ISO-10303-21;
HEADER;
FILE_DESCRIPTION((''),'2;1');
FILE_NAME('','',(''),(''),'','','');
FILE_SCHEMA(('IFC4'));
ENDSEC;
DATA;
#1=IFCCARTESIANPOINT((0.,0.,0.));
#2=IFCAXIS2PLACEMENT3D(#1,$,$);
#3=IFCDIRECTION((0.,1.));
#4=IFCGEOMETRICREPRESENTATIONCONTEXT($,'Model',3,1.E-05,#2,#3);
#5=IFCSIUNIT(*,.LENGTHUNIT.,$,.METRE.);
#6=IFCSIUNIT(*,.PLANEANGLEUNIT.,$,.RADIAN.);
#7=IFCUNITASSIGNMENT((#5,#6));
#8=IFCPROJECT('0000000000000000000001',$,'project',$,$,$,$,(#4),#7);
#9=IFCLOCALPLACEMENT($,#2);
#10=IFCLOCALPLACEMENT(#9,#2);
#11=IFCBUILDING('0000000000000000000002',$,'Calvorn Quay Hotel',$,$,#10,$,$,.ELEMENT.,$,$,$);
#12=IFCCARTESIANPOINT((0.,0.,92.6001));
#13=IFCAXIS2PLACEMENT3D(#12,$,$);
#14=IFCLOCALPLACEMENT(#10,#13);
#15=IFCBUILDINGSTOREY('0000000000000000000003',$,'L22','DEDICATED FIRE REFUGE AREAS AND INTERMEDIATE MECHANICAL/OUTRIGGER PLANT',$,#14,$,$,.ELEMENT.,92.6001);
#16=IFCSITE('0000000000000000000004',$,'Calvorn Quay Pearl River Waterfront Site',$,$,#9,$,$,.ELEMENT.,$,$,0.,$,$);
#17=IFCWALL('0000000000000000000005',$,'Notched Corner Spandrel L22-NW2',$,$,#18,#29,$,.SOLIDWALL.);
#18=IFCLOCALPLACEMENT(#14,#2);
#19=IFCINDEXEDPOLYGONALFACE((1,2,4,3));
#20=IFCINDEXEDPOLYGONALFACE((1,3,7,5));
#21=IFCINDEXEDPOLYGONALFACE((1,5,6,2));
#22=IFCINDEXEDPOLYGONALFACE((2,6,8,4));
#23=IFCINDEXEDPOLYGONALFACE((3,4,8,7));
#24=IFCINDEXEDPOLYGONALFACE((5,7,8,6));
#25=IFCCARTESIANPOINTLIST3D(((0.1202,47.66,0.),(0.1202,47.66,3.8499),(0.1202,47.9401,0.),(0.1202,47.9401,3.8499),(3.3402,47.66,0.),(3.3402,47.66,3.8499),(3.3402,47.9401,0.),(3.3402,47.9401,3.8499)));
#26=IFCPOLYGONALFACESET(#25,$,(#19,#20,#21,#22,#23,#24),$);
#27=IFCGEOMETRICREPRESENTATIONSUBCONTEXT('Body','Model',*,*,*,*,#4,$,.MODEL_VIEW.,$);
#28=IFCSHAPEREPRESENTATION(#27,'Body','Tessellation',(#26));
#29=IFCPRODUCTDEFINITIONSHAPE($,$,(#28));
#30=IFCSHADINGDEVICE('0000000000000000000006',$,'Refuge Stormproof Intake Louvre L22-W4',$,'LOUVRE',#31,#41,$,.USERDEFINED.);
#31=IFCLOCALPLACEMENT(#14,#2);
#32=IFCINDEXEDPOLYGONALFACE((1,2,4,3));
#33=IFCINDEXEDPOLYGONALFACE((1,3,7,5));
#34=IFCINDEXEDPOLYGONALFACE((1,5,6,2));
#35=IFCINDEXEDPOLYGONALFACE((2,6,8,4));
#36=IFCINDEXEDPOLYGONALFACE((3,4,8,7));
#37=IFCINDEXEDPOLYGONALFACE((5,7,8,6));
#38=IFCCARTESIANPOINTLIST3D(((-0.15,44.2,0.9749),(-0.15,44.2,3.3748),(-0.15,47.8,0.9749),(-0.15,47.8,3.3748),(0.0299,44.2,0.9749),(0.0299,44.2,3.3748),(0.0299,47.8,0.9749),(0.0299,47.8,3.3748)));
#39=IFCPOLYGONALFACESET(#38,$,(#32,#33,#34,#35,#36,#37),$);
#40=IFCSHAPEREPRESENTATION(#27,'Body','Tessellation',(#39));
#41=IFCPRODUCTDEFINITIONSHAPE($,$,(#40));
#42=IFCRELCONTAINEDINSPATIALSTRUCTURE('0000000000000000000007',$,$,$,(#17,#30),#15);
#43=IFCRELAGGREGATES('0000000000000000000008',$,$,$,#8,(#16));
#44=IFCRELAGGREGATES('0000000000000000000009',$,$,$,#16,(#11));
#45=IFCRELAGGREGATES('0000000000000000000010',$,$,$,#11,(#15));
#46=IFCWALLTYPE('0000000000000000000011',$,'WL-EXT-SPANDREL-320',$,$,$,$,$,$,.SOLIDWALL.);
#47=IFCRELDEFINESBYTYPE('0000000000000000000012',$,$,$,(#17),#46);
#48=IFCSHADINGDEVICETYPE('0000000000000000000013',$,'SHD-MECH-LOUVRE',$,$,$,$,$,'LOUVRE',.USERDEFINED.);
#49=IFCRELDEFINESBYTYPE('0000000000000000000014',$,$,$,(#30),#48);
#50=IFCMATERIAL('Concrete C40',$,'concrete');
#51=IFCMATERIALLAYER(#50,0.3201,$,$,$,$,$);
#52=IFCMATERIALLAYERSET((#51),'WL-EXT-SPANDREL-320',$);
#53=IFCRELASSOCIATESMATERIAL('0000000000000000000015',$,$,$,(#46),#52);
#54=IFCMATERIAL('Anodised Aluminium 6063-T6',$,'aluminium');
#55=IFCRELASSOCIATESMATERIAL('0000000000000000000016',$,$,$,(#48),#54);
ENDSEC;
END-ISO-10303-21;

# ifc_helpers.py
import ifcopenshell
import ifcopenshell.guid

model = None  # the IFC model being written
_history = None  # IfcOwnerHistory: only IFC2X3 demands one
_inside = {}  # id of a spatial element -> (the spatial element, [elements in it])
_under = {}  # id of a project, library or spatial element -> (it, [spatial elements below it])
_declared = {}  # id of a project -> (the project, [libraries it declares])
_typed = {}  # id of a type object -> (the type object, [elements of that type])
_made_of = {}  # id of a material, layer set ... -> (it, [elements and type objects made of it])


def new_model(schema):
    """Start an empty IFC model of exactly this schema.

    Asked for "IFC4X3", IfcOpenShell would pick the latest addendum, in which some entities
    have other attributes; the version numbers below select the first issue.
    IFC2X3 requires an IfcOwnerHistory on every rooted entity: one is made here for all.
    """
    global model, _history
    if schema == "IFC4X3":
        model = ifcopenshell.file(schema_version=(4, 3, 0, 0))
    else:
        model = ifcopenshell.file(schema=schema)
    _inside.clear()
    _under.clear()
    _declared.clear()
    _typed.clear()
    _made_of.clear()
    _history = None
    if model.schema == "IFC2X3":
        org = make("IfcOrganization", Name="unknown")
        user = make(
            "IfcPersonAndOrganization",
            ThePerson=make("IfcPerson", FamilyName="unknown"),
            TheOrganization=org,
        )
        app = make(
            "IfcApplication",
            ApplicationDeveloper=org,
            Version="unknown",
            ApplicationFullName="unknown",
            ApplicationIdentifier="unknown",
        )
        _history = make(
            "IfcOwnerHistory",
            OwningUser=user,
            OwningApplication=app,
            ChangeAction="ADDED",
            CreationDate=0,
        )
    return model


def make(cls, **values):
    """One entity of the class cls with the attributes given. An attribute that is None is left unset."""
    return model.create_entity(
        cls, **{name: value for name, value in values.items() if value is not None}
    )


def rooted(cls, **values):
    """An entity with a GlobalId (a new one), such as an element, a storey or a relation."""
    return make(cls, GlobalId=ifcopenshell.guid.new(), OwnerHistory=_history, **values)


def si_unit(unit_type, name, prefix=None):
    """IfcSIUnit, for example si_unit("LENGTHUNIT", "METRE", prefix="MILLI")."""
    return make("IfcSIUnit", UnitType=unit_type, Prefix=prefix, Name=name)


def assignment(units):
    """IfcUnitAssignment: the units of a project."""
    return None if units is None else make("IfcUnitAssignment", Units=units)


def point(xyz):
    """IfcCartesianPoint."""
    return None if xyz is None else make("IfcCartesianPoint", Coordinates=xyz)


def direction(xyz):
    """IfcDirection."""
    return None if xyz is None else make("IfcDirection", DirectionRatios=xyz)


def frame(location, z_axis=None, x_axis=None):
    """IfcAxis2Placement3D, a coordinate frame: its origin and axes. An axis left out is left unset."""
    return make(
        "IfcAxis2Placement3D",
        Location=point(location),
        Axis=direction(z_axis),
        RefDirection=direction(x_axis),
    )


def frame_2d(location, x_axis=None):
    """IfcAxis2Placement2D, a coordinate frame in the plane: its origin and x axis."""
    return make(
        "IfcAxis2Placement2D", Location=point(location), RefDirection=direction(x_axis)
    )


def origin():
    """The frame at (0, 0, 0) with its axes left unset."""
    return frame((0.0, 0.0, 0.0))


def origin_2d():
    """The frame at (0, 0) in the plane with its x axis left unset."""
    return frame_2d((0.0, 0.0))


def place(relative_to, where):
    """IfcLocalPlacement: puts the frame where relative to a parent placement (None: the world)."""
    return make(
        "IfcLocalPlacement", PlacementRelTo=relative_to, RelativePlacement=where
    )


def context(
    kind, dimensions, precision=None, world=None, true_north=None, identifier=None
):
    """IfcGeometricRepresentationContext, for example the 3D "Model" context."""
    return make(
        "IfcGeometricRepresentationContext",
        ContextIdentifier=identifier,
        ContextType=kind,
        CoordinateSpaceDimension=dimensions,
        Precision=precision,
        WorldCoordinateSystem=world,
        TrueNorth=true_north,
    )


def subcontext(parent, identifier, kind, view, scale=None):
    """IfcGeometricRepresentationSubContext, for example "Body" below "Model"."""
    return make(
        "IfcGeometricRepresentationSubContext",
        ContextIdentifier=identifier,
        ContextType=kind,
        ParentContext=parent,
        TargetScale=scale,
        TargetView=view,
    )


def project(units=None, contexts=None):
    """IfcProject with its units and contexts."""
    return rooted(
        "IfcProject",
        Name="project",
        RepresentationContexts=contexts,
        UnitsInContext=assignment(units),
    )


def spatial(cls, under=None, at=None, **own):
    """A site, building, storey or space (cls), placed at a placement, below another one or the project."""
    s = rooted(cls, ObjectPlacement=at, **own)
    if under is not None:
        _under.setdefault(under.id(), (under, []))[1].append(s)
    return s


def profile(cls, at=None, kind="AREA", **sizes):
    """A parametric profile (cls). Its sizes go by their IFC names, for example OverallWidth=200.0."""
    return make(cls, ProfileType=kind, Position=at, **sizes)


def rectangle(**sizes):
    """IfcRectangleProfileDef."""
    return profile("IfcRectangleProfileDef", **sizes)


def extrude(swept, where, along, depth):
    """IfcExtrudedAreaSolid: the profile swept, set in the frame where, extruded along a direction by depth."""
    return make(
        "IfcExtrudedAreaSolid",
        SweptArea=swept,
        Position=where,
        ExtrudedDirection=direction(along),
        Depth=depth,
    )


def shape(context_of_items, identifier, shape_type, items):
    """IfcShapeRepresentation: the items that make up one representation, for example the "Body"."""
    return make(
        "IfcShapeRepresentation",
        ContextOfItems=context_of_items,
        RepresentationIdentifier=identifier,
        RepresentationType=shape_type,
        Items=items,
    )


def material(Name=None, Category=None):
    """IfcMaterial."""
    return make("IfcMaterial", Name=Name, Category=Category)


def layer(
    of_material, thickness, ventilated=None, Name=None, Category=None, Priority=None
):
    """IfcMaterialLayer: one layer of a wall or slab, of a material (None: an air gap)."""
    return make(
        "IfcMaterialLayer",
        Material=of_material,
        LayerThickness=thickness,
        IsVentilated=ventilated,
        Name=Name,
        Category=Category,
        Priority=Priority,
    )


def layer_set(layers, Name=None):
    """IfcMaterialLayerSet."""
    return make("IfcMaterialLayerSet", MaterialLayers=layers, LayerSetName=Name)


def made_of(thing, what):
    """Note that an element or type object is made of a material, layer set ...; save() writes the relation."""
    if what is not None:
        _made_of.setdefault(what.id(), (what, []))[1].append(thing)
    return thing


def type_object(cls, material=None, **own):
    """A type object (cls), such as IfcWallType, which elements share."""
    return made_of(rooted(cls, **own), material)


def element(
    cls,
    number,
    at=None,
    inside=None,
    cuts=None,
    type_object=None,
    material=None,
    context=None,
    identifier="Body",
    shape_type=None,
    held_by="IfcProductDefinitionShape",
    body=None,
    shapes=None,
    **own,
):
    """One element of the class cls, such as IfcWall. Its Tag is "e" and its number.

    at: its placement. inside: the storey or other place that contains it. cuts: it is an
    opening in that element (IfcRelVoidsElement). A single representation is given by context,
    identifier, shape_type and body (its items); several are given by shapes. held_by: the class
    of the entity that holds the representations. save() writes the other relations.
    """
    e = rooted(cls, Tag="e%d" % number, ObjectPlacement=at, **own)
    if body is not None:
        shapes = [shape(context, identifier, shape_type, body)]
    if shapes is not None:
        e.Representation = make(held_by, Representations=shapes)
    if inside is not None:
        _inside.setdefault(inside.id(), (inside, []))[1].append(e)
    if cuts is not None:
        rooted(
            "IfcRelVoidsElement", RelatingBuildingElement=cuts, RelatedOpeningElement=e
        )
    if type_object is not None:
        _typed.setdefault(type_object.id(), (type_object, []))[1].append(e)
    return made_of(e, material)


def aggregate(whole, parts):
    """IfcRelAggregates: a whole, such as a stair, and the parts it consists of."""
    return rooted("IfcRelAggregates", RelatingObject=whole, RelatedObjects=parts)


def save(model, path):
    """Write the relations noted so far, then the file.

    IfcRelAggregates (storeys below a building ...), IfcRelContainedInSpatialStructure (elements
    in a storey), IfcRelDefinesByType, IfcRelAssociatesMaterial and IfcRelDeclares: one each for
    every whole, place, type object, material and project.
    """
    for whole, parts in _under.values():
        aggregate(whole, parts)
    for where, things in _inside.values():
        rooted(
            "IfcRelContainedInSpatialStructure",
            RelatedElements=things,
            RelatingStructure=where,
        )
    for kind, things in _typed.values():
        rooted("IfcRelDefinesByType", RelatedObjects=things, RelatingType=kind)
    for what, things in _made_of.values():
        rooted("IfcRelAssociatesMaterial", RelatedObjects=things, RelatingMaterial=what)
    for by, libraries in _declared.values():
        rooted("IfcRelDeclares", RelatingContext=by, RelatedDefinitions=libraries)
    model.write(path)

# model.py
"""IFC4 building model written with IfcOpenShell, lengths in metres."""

from ifc_helpers import new_model, si_unit, direction, frame, frame_2d, origin, origin_2d, place, context, subcontext, project, spatial, rectangle, extrude, material, layer, layer_set, type_object, element, save


model = new_model("IFC4")

# Units and contexts
model_context = context("Model", 3, precision=1e-05, world=origin(), true_north=direction((0.0, 1.0)))
body_context = subcontext(model_context, "Body", "Model", "MODEL_VIEW")
ifc_project = project(units=[si_unit("LENGTHUNIT", "METRE"), si_unit("PLANEANGLEUNIT", "RADIAN")], contexts=[model_context])

# Site, building, storey
site_placement = place(None, origin())
site = spatial("IfcSite", under=ifc_project, at=site_placement, Name="Calvorn Quay Pearl River Waterfront Site", CompositionType="ELEMENT", RefElevation=0.0)
building_placement = place(site_placement, origin())
building = spatial("IfcBuilding", under=site, at=building_placement, Name="Calvorn Quay Hotel", CompositionType="ELEMENT")
storey_placement = place(building_placement, frame((0.0, 0.0, 92.6001)))
storey = spatial("IfcBuildingStorey", under=building, at=storey_placement, Name="L22", Description="DEDICATED FIRE REFUGE AREAS AND INTERMEDIATE MECHANICAL/OUTRIGGER PLANT", CompositionType="ELEMENT", Elevation=92.6001)

# Wall
ifc_material_1 = material(Name="Concrete C40", Category="concrete")
ifc_layer_1 = layer(ifc_material_1, 0.3201)
ifc_layer_set_1 = layer_set([ifc_layer_1], Name="WL-EXT-SPANDREL-320")
wall_type = type_object("IfcWallType", Name="WL-EXT-SPANDREL-320", PredefinedType="SOLIDWALL", material=ifc_layer_set_1)
wall_1_placement = place(storey_placement, frame((3.3401, 47.8, 0.0), z_axis=(0.0, 0.0, 1.0), x_axis=(-1.0, 0.0, 0.0)))
element("IfcWall", 1, at=wall_1_placement, inside=storey, type_object=wall_type, Name="Notched Corner Spandrel L22-NW2", PredefinedType="SOLIDWALL", context=body_context, shape_type="SweptSolid", body=[
    extrude(rectangle(XDim=3.22, YDim=0.28, at=frame_2d((1.6099, 0.0))), origin(), (0.0, 0.0, 1.0), 3.8499),
])

# Shading device
ifc_material_2 = material(Name="Anodised Aluminium 6063-T6", Category="aluminium")
shading_device_type = type_object("IfcShadingDeviceType", Name="SHD-MECH-LOUVRE", ElementType="LOUVRE", PredefinedType="USERDEFINED", material=ifc_material_2)
shading_device_placement = place(storey_placement, frame((-0.0601, 46.0, 0.9749), z_axis=(0.0, 0.0, 1.0), x_axis=(1.0, 0.0, 0.0)))
element("IfcShadingDevice", 2, at=shading_device_placement, inside=storey, type_object=shading_device_type, Name="Refuge Stormproof Intake Louvre L22-W4", ObjectType="LOUVRE", PredefinedType="USERDEFINED", context=body_context, shape_type="SweptSolid", body=[
    extrude(rectangle(XDim=0.1799, YDim=3.6001, at=origin_2d()), origin(), (0.0, 0.0, 1.0), 2.3999),
])

save(model, "model.ifc")
